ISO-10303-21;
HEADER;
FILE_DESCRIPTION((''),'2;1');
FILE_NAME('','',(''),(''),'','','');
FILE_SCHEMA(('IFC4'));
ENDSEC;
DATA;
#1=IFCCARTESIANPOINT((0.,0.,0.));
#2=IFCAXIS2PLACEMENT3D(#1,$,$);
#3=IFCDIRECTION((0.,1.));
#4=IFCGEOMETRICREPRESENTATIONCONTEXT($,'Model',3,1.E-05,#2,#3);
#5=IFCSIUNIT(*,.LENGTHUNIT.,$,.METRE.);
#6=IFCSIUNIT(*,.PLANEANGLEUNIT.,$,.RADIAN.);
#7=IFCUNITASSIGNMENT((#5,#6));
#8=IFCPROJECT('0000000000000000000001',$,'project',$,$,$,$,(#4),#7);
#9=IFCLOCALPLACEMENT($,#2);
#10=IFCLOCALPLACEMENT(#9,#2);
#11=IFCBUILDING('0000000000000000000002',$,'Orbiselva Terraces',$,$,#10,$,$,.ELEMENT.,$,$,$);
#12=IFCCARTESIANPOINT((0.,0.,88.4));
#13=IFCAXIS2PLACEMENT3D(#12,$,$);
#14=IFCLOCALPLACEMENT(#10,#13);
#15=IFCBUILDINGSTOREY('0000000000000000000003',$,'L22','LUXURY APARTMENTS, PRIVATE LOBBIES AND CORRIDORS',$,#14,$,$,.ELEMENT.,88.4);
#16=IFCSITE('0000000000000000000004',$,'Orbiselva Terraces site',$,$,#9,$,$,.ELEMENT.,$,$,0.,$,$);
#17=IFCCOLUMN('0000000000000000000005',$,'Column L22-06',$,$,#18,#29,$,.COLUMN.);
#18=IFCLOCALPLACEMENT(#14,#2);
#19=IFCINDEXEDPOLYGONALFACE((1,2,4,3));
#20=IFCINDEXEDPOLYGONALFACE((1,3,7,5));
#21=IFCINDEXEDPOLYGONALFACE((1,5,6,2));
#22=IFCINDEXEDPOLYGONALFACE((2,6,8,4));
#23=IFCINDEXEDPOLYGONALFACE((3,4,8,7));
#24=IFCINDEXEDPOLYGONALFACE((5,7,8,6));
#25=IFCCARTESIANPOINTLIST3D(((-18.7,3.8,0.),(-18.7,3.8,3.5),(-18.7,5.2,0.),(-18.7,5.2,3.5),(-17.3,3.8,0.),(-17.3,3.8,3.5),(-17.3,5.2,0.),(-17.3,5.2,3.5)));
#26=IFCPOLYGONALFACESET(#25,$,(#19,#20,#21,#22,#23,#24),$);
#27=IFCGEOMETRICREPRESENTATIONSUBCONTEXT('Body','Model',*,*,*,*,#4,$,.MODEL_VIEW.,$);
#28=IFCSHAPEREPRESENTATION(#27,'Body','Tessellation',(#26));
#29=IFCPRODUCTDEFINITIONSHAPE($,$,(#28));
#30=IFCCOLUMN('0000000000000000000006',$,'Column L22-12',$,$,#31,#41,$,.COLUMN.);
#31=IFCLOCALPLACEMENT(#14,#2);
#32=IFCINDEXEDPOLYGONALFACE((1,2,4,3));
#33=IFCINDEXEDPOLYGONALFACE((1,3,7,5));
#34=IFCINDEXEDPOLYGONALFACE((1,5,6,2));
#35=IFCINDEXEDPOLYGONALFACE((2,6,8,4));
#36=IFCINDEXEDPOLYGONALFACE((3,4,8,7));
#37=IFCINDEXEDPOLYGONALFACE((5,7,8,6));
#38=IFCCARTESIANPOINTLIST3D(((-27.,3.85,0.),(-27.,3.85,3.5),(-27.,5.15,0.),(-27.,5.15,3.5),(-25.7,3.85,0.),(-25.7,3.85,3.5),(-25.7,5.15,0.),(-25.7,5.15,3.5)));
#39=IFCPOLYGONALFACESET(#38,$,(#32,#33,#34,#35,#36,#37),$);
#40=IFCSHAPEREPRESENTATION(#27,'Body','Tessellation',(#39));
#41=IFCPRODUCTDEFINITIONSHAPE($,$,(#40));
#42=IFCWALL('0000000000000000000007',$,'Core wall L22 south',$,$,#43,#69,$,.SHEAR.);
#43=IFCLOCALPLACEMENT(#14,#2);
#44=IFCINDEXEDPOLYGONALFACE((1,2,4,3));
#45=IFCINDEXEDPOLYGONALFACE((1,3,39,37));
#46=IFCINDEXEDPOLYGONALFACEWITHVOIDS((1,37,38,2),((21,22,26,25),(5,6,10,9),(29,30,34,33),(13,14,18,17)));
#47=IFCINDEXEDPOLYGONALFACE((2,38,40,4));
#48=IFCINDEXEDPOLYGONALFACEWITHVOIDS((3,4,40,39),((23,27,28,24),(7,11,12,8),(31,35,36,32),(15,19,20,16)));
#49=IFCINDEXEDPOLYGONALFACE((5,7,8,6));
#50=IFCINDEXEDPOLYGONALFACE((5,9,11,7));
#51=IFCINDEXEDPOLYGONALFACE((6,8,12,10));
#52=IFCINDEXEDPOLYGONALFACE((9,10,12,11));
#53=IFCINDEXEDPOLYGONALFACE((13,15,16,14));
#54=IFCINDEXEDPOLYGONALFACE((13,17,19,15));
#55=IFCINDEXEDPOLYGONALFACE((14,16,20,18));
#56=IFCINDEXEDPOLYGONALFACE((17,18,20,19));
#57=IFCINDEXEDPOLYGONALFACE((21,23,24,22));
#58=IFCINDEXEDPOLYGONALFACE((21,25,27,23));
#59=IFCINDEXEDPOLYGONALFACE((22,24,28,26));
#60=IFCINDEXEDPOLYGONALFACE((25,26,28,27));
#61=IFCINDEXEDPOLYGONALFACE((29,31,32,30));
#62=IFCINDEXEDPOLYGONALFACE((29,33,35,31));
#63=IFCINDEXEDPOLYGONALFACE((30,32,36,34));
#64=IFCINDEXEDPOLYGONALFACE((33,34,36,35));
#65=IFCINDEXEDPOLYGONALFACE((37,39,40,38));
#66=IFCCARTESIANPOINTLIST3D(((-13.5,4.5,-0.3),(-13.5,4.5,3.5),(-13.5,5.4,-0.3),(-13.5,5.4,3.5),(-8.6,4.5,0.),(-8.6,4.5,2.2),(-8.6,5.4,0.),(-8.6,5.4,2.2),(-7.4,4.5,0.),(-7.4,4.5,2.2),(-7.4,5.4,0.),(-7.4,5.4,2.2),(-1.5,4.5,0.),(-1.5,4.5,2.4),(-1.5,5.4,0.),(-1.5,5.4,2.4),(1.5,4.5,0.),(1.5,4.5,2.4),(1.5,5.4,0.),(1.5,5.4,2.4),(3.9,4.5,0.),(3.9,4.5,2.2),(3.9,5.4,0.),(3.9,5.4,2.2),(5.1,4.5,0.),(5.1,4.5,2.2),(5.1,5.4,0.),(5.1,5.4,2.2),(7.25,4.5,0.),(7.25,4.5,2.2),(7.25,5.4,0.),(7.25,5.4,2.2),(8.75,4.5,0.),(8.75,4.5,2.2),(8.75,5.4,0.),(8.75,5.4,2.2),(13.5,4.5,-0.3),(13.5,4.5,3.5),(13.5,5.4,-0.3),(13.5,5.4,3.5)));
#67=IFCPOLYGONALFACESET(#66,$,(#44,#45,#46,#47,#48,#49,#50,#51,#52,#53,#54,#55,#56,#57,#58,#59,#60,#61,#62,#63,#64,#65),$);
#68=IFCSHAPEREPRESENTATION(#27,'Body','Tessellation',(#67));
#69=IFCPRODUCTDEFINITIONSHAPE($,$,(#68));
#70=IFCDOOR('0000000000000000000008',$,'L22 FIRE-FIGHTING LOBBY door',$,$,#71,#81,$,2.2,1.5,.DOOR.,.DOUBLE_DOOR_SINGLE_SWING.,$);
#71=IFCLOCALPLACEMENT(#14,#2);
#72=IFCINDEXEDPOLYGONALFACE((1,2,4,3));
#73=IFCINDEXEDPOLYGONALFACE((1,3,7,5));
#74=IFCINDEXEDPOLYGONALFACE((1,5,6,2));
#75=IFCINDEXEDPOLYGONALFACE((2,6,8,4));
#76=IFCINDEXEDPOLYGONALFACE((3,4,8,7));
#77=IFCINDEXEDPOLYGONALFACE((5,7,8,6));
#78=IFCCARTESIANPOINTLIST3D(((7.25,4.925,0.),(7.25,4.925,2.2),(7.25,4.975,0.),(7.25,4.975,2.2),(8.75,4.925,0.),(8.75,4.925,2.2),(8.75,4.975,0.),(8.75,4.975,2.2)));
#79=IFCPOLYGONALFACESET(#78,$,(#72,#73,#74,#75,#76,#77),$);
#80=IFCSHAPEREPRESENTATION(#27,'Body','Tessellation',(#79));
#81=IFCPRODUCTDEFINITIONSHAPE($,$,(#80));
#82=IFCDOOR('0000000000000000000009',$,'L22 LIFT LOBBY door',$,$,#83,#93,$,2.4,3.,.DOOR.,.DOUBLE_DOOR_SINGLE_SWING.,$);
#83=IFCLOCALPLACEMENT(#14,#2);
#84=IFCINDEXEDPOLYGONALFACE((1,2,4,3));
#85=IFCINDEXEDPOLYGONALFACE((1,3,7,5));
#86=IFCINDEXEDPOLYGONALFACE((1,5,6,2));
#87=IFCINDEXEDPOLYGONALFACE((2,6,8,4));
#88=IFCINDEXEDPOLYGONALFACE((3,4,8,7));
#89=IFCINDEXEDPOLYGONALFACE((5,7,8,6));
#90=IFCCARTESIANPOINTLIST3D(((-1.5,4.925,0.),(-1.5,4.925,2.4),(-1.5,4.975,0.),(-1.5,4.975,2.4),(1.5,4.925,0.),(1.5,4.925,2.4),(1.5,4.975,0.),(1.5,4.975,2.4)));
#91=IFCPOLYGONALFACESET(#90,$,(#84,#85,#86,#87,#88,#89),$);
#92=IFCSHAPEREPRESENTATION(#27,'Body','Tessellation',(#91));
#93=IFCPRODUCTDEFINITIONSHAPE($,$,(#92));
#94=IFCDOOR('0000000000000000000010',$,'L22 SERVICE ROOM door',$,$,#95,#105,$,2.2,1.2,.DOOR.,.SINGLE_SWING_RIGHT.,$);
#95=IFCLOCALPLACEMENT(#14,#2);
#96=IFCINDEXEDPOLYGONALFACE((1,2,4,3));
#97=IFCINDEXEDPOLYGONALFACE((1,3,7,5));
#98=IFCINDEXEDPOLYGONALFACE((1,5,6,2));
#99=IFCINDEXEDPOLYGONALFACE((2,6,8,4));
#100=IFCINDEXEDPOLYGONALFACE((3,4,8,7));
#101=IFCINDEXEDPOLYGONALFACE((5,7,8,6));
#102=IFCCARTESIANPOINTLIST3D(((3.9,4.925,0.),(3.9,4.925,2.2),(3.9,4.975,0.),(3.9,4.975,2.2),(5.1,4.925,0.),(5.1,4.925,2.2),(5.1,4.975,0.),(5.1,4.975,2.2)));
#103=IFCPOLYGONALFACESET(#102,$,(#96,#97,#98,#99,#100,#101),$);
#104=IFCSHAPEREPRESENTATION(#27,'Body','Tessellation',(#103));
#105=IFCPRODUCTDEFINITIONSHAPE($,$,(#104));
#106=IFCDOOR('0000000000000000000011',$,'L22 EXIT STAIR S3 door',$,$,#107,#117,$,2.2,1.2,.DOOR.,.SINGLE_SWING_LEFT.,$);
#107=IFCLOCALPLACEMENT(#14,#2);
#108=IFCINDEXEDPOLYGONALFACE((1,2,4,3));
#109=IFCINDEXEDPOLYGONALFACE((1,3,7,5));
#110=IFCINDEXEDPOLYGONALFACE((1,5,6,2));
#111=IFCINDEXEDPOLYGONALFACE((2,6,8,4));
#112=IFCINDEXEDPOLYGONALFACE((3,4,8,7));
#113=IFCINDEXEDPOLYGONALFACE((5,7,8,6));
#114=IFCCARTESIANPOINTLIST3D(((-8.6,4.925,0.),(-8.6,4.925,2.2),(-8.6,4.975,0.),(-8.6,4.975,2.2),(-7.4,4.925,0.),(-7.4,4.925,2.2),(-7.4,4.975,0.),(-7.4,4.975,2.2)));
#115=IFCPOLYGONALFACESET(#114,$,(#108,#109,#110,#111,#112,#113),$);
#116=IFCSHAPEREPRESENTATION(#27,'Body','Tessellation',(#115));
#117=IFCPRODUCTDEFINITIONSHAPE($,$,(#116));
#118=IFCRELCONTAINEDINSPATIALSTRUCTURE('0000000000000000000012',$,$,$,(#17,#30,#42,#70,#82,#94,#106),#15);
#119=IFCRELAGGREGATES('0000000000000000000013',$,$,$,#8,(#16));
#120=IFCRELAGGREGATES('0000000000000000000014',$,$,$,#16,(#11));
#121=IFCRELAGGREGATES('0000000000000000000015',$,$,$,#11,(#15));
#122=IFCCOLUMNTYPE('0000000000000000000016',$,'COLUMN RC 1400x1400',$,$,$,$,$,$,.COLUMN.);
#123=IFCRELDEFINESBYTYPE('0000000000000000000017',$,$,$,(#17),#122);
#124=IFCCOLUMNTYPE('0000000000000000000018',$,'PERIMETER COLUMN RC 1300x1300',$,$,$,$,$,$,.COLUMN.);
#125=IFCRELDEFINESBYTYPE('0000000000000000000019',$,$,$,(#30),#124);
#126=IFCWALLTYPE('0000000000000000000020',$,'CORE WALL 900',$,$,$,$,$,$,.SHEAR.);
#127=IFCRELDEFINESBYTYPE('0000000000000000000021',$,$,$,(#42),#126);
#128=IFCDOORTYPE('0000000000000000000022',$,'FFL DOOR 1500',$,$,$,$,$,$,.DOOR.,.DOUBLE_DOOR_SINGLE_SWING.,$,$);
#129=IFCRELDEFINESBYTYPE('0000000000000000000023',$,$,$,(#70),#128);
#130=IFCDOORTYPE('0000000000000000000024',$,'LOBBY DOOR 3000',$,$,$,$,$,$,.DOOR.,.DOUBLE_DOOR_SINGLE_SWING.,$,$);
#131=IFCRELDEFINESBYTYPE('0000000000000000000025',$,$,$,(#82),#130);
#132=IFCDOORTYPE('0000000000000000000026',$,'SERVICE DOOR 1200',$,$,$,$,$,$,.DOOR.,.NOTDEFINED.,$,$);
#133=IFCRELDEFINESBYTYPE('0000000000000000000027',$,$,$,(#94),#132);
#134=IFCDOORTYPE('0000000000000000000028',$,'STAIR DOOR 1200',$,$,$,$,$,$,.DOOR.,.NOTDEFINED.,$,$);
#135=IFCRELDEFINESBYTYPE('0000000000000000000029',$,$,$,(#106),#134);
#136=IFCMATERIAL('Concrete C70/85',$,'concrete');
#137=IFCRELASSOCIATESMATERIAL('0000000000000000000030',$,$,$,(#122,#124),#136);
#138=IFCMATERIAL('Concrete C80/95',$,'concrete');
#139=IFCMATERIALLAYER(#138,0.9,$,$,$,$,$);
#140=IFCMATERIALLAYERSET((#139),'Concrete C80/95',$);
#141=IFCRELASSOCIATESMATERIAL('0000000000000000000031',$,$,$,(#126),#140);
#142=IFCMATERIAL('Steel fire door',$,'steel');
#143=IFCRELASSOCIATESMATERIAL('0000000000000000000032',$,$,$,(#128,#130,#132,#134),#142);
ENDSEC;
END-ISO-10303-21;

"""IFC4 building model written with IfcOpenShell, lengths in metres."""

from ifc_helpers import new_model, si_unit, direction, frame, frame_2d, origin, origin_2d, place, context, subcontext, project, spatial, rectangle, extrude, material, layer, layer_set, material_profile, profile_set, type_object, element, fill, save


model = new_model("IFC4")

# Units and contexts
model_context = context("Model", 3, precision=1e-05, world=origin(), true_north=direction((0.0, 1.0)))
body_context = subcontext(model_context, "Body", "Model", "MODEL_VIEW")
ifc_project = project(units=[si_unit("LENGTHUNIT", "METRE"), si_unit("PLANEANGLEUNIT", "RADIAN")], contexts=[model_context])

# Site, building, storey
site_placement = place(None, origin())
site = spatial("IfcSite", under=ifc_project, at=site_placement, Name="Orbiselva Terraces site", CompositionType="ELEMENT", RefElevation=0.0)
building_placement = place(site_placement, origin())
building = spatial("IfcBuilding", under=site, at=building_placement, Name="Orbiselva Terraces", CompositionType="ELEMENT")
storey_placement = place(building_placement, frame((0.0, 0.0, 88.4)))
storey = spatial("IfcBuildingStorey", under=building, at=storey_placement, Name="L22", Description="LUXURY APARTMENTS, PRIVATE LOBBIES AND CORRIDORS", CompositionType="ELEMENT", Elevation=88.4)

# Columns
ifc_material_1 = material(Name="Concrete C70/85", Category="concrete")
ifc_material_profile_1 = material_profile(ifc_material_1, rectangle(XDim=1.4, YDim=1.4, at=origin_2d()), Name="RC 1400x1400")
ifc_profile_set_1 = profile_set([ifc_material_profile_1], Name="Concrete C70/85")
column_type_1 = type_object("IfcColumnType", Name="COLUMN RC 1400x1400", PredefinedType="COLUMN", material=ifc_profile_set_1)
column_1_placement = place(storey_placement, frame((-18.0, 4.5, 0.0), z_axis=(0.0, 0.0, 1.0), x_axis=(1.0, 0.0, 0.0)))
element("IfcColumn", 1, at=column_1_placement, inside=storey, type_object=column_type_1, Name="Column L22-06", PredefinedType="COLUMN", context=body_context, shape_type="SweptSolid", body=[
    extrude(rectangle(XDim=1.4, YDim=1.4, at=origin_2d()), origin(), (0.0, 0.0, 1.0), 3.5),
])
ifc_material_profile_2 = material_profile(ifc_material_1, rectangle(XDim=1.3, YDim=1.3, at=origin_2d()), Name="RC 1300x1300")
ifc_profile_set_2 = profile_set([ifc_material_profile_2], Name="Concrete C70/85")
column_type_2 = type_object("IfcColumnType", Name="PERIMETER COLUMN RC 1300x1300", PredefinedType="COLUMN", material=ifc_profile_set_2)
column_2_placement = place(storey_placement, frame((-26.35, 4.5, 0.0), z_axis=(0.0, 0.0, 1.0), x_axis=(1.0, 0.0, 0.0)))
element("IfcColumn", 2, at=column_2_placement, inside=storey, type_object=column_type_2, Name="Column L22-12", PredefinedType="COLUMN", context=body_context, shape_type="SweptSolid", body=[
    extrude(rectangle(XDim=1.3, YDim=1.3, at=origin_2d()), origin(), (0.0, 0.0, 1.0), 3.5),
])

# Wall, openings, doors
ifc_material_2 = material(Name="Concrete C80/95", Category="concrete")
ifc_layer_1 = layer(ifc_material_2, 0.9)
ifc_layer_set_1 = layer_set([ifc_layer_1], Name="Concrete C80/95")
wall_type_1 = type_object("IfcWallType", Name="CORE WALL 900", PredefinedType="SHEAR", material=ifc_layer_set_1)
wall_1_placement = place(storey_placement, frame((-13.5, 4.95, -0.3), z_axis=(0.0, 0.0, 1.0), x_axis=(1.0, 0.0, 0.0)))
wall_1 = element("IfcWall", 3, at=wall_1_placement, inside=storey, type_object=wall_type_1, Name="Core wall L22 south", PredefinedType="SHEAR", context=body_context, shape_type="SweptSolid", body=[
    extrude(rectangle(XDim=27.0, YDim=0.9, at=frame_2d((13.5, 0.0))), origin(), (0.0, 0.0, 1.0), 3.8),
])
opening_1_placement = place(wall_1_placement, frame((12.0, 0.0, 0.3)))
opening_1 = element("IfcOpeningElement", 4, at=opening_1_placement, cuts=wall_1, PredefinedType="OPENING", context=body_context, shape_type="SweptSolid", body=[
    extrude(rectangle(XDim=3.0, YDim=2.4, at=frame_2d((1.5, 1.2))), frame((0.0, 0.46, 0.0), z_axis=(0.0, -1.0, 0.0), x_axis=(1.0, 0.0, 0.0)), (0.0, 0.0, 1.0), 0.92),
])
opening_2_placement = place(wall_1_placement, frame((4.9, 0.0, 0.3)))
opening_2 = element("IfcOpeningElement", 5, at=opening_2_placement, cuts=wall_1, PredefinedType="OPENING", context=body_context, shape_type="SweptSolid", body=[
    extrude(rectangle(XDim=1.2, YDim=2.2, at=frame_2d((0.6, 1.1))), frame((0.0, 0.46, 0.0), z_axis=(0.0, -1.0, 0.0), x_axis=(1.0, 0.0, 0.0)), (0.0, 0.0, 1.0), 0.92),
])
opening_3_placement = place(wall_1_placement, frame((20.75, 0.0, 0.3)))
opening_3 = element("IfcOpeningElement", 6, at=opening_3_placement, cuts=wall_1, PredefinedType="OPENING", context=body_context, shape_type="SweptSolid", body=[
    extrude(rectangle(XDim=1.5, YDim=2.2, at=frame_2d((0.75, 1.1))), frame((0.0, 0.46, 0.0), z_axis=(0.0, -1.0, 0.0), x_axis=(1.0, 0.0, 0.0)), (0.0, 0.0, 1.0), 0.92),
])
opening_4_placement = place(wall_1_placement, frame((17.4, 0.0, 0.3)))
opening_4 = element("IfcOpeningElement", 7, at=opening_4_placement, cuts=wall_1, PredefinedType="OPENING", context=body_context, shape_type="SweptSolid", body=[
    extrude(rectangle(XDim=1.2, YDim=2.2, at=frame_2d((0.6, 1.1))), frame((0.0, 0.46, 0.0), z_axis=(0.0, -1.0, 0.0), x_axis=(1.0, 0.0, 0.0)), (0.0, 0.0, 1.0), 0.92),
])
ifc_material_3 = material(Name="Steel fire door", Category="steel")
door_type_1 = type_object("IfcDoorType", Name="FFL DOOR 1500", OperationType="DOUBLE_DOOR_SINGLE_SWING", PredefinedType="DOOR", material=ifc_material_3)
door_1_placement = place(opening_3_placement, frame((1.5, 0.0, 0.0), z_axis=(0.0, 0.0, 1.0), x_axis=(-1.0, 0.0, 0.0)))
door_1 = element("IfcDoor", 8, at=door_1_placement, inside=storey, type_object=door_type_1, Name="L22 FIRE-FIGHTING LOBBY door", OperationType="DOUBLE_DOOR_SINGLE_SWING", OverallHeight=2.2, OverallWidth=1.5, PredefinedType="DOOR", context=body_context, shape_type="SweptSolid", body=[
    extrude(rectangle(XDim=1.5, YDim=2.2, at=frame_2d((0.75, 1.1))), frame((0.0, 0.025, 0.0), z_axis=(0.0, -1.0, 0.0), x_axis=(1.0, 0.0, 0.0)), (0.0, 0.0, 1.0), 0.05),
])
fill(opening_3, door_1)
door_type_2 = type_object("IfcDoorType", Name="LOBBY DOOR 3000", OperationType="DOUBLE_DOOR_SINGLE_SWING", PredefinedType="DOOR", material=ifc_material_3)
door_2_placement = place(opening_1_placement, frame((3.0, 0.0, 0.0), z_axis=(0.0, 0.0, 1.0), x_axis=(-1.0, 0.0, 0.0)))
door_2 = element("IfcDoor", 9, at=door_2_placement, inside=storey, type_object=door_type_2, Name="L22 LIFT LOBBY door", OperationType="DOUBLE_DOOR_SINGLE_SWING", OverallHeight=2.4, OverallWidth=3.0, PredefinedType="DOOR", context=body_context, shape_type="SweptSolid", body=[
    extrude(rectangle(XDim=3.0, YDim=2.4, at=frame_2d((1.5, 1.2))), frame((0.0, 0.025, 0.0), z_axis=(0.0, -1.0, 0.0), x_axis=(1.0, 0.0, 0.0)), (0.0, 0.0, 1.0), 0.05),
])
fill(opening_1, door_2)
door_type_3 = type_object("IfcDoorType", Name="SERVICE DOOR 1200", OperationType="NOTDEFINED", PredefinedType="DOOR", material=ifc_material_3)
door_3_placement = place(opening_4_placement, frame((1.2, 0.0, 0.0), z_axis=(0.0, 0.0, 1.0), x_axis=(-1.0, 0.0, 0.0)))
door_3 = element("IfcDoor", 10, at=door_3_placement, inside=storey, type_object=door_type_3, Name="L22 SERVICE ROOM door", OperationType="SINGLE_SWING_RIGHT", OverallHeight=2.2, OverallWidth=1.2, PredefinedType="DOOR", context=body_context, shape_type="SweptSolid", body=[
    extrude(rectangle(XDim=1.2, YDim=2.2, at=frame_2d((0.6, 1.1))), frame((0.0, 0.025, 0.0), z_axis=(0.0, -1.0, 0.0), x_axis=(1.0, 0.0, 0.0)), (0.0, 0.0, 1.0), 0.05),
])
fill(opening_4, door_3)
door_type_4 = type_object("IfcDoorType", Name="STAIR DOOR 1200", OperationType="NOTDEFINED", PredefinedType="DOOR", material=ifc_material_3)
door_4_placement = place(opening_2_placement, frame((1.2, 0.0, 0.0), z_axis=(0.0, 0.0, 1.0), x_axis=(-1.0, 0.0, 0.0)))
door_4 = element("IfcDoor", 11, at=door_4_placement, inside=storey, type_object=door_type_4, Name="L22 EXIT STAIR S3 door", OperationType="SINGLE_SWING_LEFT", OverallHeight=2.2, OverallWidth=1.2, PredefinedType="DOOR", context=body_context, shape_type="SweptSolid", body=[
    extrude(rectangle(XDim=1.2, YDim=2.2, at=frame_2d((0.6, 1.1))), frame((0.0, 0.025, 0.0), z_axis=(0.0, -1.0, 0.0), x_axis=(1.0, 0.0, 0.0)), (0.0, 0.0, 1.0), 0.05),
])
fill(opening_2, door_4)

save(model, "model.ifc")
